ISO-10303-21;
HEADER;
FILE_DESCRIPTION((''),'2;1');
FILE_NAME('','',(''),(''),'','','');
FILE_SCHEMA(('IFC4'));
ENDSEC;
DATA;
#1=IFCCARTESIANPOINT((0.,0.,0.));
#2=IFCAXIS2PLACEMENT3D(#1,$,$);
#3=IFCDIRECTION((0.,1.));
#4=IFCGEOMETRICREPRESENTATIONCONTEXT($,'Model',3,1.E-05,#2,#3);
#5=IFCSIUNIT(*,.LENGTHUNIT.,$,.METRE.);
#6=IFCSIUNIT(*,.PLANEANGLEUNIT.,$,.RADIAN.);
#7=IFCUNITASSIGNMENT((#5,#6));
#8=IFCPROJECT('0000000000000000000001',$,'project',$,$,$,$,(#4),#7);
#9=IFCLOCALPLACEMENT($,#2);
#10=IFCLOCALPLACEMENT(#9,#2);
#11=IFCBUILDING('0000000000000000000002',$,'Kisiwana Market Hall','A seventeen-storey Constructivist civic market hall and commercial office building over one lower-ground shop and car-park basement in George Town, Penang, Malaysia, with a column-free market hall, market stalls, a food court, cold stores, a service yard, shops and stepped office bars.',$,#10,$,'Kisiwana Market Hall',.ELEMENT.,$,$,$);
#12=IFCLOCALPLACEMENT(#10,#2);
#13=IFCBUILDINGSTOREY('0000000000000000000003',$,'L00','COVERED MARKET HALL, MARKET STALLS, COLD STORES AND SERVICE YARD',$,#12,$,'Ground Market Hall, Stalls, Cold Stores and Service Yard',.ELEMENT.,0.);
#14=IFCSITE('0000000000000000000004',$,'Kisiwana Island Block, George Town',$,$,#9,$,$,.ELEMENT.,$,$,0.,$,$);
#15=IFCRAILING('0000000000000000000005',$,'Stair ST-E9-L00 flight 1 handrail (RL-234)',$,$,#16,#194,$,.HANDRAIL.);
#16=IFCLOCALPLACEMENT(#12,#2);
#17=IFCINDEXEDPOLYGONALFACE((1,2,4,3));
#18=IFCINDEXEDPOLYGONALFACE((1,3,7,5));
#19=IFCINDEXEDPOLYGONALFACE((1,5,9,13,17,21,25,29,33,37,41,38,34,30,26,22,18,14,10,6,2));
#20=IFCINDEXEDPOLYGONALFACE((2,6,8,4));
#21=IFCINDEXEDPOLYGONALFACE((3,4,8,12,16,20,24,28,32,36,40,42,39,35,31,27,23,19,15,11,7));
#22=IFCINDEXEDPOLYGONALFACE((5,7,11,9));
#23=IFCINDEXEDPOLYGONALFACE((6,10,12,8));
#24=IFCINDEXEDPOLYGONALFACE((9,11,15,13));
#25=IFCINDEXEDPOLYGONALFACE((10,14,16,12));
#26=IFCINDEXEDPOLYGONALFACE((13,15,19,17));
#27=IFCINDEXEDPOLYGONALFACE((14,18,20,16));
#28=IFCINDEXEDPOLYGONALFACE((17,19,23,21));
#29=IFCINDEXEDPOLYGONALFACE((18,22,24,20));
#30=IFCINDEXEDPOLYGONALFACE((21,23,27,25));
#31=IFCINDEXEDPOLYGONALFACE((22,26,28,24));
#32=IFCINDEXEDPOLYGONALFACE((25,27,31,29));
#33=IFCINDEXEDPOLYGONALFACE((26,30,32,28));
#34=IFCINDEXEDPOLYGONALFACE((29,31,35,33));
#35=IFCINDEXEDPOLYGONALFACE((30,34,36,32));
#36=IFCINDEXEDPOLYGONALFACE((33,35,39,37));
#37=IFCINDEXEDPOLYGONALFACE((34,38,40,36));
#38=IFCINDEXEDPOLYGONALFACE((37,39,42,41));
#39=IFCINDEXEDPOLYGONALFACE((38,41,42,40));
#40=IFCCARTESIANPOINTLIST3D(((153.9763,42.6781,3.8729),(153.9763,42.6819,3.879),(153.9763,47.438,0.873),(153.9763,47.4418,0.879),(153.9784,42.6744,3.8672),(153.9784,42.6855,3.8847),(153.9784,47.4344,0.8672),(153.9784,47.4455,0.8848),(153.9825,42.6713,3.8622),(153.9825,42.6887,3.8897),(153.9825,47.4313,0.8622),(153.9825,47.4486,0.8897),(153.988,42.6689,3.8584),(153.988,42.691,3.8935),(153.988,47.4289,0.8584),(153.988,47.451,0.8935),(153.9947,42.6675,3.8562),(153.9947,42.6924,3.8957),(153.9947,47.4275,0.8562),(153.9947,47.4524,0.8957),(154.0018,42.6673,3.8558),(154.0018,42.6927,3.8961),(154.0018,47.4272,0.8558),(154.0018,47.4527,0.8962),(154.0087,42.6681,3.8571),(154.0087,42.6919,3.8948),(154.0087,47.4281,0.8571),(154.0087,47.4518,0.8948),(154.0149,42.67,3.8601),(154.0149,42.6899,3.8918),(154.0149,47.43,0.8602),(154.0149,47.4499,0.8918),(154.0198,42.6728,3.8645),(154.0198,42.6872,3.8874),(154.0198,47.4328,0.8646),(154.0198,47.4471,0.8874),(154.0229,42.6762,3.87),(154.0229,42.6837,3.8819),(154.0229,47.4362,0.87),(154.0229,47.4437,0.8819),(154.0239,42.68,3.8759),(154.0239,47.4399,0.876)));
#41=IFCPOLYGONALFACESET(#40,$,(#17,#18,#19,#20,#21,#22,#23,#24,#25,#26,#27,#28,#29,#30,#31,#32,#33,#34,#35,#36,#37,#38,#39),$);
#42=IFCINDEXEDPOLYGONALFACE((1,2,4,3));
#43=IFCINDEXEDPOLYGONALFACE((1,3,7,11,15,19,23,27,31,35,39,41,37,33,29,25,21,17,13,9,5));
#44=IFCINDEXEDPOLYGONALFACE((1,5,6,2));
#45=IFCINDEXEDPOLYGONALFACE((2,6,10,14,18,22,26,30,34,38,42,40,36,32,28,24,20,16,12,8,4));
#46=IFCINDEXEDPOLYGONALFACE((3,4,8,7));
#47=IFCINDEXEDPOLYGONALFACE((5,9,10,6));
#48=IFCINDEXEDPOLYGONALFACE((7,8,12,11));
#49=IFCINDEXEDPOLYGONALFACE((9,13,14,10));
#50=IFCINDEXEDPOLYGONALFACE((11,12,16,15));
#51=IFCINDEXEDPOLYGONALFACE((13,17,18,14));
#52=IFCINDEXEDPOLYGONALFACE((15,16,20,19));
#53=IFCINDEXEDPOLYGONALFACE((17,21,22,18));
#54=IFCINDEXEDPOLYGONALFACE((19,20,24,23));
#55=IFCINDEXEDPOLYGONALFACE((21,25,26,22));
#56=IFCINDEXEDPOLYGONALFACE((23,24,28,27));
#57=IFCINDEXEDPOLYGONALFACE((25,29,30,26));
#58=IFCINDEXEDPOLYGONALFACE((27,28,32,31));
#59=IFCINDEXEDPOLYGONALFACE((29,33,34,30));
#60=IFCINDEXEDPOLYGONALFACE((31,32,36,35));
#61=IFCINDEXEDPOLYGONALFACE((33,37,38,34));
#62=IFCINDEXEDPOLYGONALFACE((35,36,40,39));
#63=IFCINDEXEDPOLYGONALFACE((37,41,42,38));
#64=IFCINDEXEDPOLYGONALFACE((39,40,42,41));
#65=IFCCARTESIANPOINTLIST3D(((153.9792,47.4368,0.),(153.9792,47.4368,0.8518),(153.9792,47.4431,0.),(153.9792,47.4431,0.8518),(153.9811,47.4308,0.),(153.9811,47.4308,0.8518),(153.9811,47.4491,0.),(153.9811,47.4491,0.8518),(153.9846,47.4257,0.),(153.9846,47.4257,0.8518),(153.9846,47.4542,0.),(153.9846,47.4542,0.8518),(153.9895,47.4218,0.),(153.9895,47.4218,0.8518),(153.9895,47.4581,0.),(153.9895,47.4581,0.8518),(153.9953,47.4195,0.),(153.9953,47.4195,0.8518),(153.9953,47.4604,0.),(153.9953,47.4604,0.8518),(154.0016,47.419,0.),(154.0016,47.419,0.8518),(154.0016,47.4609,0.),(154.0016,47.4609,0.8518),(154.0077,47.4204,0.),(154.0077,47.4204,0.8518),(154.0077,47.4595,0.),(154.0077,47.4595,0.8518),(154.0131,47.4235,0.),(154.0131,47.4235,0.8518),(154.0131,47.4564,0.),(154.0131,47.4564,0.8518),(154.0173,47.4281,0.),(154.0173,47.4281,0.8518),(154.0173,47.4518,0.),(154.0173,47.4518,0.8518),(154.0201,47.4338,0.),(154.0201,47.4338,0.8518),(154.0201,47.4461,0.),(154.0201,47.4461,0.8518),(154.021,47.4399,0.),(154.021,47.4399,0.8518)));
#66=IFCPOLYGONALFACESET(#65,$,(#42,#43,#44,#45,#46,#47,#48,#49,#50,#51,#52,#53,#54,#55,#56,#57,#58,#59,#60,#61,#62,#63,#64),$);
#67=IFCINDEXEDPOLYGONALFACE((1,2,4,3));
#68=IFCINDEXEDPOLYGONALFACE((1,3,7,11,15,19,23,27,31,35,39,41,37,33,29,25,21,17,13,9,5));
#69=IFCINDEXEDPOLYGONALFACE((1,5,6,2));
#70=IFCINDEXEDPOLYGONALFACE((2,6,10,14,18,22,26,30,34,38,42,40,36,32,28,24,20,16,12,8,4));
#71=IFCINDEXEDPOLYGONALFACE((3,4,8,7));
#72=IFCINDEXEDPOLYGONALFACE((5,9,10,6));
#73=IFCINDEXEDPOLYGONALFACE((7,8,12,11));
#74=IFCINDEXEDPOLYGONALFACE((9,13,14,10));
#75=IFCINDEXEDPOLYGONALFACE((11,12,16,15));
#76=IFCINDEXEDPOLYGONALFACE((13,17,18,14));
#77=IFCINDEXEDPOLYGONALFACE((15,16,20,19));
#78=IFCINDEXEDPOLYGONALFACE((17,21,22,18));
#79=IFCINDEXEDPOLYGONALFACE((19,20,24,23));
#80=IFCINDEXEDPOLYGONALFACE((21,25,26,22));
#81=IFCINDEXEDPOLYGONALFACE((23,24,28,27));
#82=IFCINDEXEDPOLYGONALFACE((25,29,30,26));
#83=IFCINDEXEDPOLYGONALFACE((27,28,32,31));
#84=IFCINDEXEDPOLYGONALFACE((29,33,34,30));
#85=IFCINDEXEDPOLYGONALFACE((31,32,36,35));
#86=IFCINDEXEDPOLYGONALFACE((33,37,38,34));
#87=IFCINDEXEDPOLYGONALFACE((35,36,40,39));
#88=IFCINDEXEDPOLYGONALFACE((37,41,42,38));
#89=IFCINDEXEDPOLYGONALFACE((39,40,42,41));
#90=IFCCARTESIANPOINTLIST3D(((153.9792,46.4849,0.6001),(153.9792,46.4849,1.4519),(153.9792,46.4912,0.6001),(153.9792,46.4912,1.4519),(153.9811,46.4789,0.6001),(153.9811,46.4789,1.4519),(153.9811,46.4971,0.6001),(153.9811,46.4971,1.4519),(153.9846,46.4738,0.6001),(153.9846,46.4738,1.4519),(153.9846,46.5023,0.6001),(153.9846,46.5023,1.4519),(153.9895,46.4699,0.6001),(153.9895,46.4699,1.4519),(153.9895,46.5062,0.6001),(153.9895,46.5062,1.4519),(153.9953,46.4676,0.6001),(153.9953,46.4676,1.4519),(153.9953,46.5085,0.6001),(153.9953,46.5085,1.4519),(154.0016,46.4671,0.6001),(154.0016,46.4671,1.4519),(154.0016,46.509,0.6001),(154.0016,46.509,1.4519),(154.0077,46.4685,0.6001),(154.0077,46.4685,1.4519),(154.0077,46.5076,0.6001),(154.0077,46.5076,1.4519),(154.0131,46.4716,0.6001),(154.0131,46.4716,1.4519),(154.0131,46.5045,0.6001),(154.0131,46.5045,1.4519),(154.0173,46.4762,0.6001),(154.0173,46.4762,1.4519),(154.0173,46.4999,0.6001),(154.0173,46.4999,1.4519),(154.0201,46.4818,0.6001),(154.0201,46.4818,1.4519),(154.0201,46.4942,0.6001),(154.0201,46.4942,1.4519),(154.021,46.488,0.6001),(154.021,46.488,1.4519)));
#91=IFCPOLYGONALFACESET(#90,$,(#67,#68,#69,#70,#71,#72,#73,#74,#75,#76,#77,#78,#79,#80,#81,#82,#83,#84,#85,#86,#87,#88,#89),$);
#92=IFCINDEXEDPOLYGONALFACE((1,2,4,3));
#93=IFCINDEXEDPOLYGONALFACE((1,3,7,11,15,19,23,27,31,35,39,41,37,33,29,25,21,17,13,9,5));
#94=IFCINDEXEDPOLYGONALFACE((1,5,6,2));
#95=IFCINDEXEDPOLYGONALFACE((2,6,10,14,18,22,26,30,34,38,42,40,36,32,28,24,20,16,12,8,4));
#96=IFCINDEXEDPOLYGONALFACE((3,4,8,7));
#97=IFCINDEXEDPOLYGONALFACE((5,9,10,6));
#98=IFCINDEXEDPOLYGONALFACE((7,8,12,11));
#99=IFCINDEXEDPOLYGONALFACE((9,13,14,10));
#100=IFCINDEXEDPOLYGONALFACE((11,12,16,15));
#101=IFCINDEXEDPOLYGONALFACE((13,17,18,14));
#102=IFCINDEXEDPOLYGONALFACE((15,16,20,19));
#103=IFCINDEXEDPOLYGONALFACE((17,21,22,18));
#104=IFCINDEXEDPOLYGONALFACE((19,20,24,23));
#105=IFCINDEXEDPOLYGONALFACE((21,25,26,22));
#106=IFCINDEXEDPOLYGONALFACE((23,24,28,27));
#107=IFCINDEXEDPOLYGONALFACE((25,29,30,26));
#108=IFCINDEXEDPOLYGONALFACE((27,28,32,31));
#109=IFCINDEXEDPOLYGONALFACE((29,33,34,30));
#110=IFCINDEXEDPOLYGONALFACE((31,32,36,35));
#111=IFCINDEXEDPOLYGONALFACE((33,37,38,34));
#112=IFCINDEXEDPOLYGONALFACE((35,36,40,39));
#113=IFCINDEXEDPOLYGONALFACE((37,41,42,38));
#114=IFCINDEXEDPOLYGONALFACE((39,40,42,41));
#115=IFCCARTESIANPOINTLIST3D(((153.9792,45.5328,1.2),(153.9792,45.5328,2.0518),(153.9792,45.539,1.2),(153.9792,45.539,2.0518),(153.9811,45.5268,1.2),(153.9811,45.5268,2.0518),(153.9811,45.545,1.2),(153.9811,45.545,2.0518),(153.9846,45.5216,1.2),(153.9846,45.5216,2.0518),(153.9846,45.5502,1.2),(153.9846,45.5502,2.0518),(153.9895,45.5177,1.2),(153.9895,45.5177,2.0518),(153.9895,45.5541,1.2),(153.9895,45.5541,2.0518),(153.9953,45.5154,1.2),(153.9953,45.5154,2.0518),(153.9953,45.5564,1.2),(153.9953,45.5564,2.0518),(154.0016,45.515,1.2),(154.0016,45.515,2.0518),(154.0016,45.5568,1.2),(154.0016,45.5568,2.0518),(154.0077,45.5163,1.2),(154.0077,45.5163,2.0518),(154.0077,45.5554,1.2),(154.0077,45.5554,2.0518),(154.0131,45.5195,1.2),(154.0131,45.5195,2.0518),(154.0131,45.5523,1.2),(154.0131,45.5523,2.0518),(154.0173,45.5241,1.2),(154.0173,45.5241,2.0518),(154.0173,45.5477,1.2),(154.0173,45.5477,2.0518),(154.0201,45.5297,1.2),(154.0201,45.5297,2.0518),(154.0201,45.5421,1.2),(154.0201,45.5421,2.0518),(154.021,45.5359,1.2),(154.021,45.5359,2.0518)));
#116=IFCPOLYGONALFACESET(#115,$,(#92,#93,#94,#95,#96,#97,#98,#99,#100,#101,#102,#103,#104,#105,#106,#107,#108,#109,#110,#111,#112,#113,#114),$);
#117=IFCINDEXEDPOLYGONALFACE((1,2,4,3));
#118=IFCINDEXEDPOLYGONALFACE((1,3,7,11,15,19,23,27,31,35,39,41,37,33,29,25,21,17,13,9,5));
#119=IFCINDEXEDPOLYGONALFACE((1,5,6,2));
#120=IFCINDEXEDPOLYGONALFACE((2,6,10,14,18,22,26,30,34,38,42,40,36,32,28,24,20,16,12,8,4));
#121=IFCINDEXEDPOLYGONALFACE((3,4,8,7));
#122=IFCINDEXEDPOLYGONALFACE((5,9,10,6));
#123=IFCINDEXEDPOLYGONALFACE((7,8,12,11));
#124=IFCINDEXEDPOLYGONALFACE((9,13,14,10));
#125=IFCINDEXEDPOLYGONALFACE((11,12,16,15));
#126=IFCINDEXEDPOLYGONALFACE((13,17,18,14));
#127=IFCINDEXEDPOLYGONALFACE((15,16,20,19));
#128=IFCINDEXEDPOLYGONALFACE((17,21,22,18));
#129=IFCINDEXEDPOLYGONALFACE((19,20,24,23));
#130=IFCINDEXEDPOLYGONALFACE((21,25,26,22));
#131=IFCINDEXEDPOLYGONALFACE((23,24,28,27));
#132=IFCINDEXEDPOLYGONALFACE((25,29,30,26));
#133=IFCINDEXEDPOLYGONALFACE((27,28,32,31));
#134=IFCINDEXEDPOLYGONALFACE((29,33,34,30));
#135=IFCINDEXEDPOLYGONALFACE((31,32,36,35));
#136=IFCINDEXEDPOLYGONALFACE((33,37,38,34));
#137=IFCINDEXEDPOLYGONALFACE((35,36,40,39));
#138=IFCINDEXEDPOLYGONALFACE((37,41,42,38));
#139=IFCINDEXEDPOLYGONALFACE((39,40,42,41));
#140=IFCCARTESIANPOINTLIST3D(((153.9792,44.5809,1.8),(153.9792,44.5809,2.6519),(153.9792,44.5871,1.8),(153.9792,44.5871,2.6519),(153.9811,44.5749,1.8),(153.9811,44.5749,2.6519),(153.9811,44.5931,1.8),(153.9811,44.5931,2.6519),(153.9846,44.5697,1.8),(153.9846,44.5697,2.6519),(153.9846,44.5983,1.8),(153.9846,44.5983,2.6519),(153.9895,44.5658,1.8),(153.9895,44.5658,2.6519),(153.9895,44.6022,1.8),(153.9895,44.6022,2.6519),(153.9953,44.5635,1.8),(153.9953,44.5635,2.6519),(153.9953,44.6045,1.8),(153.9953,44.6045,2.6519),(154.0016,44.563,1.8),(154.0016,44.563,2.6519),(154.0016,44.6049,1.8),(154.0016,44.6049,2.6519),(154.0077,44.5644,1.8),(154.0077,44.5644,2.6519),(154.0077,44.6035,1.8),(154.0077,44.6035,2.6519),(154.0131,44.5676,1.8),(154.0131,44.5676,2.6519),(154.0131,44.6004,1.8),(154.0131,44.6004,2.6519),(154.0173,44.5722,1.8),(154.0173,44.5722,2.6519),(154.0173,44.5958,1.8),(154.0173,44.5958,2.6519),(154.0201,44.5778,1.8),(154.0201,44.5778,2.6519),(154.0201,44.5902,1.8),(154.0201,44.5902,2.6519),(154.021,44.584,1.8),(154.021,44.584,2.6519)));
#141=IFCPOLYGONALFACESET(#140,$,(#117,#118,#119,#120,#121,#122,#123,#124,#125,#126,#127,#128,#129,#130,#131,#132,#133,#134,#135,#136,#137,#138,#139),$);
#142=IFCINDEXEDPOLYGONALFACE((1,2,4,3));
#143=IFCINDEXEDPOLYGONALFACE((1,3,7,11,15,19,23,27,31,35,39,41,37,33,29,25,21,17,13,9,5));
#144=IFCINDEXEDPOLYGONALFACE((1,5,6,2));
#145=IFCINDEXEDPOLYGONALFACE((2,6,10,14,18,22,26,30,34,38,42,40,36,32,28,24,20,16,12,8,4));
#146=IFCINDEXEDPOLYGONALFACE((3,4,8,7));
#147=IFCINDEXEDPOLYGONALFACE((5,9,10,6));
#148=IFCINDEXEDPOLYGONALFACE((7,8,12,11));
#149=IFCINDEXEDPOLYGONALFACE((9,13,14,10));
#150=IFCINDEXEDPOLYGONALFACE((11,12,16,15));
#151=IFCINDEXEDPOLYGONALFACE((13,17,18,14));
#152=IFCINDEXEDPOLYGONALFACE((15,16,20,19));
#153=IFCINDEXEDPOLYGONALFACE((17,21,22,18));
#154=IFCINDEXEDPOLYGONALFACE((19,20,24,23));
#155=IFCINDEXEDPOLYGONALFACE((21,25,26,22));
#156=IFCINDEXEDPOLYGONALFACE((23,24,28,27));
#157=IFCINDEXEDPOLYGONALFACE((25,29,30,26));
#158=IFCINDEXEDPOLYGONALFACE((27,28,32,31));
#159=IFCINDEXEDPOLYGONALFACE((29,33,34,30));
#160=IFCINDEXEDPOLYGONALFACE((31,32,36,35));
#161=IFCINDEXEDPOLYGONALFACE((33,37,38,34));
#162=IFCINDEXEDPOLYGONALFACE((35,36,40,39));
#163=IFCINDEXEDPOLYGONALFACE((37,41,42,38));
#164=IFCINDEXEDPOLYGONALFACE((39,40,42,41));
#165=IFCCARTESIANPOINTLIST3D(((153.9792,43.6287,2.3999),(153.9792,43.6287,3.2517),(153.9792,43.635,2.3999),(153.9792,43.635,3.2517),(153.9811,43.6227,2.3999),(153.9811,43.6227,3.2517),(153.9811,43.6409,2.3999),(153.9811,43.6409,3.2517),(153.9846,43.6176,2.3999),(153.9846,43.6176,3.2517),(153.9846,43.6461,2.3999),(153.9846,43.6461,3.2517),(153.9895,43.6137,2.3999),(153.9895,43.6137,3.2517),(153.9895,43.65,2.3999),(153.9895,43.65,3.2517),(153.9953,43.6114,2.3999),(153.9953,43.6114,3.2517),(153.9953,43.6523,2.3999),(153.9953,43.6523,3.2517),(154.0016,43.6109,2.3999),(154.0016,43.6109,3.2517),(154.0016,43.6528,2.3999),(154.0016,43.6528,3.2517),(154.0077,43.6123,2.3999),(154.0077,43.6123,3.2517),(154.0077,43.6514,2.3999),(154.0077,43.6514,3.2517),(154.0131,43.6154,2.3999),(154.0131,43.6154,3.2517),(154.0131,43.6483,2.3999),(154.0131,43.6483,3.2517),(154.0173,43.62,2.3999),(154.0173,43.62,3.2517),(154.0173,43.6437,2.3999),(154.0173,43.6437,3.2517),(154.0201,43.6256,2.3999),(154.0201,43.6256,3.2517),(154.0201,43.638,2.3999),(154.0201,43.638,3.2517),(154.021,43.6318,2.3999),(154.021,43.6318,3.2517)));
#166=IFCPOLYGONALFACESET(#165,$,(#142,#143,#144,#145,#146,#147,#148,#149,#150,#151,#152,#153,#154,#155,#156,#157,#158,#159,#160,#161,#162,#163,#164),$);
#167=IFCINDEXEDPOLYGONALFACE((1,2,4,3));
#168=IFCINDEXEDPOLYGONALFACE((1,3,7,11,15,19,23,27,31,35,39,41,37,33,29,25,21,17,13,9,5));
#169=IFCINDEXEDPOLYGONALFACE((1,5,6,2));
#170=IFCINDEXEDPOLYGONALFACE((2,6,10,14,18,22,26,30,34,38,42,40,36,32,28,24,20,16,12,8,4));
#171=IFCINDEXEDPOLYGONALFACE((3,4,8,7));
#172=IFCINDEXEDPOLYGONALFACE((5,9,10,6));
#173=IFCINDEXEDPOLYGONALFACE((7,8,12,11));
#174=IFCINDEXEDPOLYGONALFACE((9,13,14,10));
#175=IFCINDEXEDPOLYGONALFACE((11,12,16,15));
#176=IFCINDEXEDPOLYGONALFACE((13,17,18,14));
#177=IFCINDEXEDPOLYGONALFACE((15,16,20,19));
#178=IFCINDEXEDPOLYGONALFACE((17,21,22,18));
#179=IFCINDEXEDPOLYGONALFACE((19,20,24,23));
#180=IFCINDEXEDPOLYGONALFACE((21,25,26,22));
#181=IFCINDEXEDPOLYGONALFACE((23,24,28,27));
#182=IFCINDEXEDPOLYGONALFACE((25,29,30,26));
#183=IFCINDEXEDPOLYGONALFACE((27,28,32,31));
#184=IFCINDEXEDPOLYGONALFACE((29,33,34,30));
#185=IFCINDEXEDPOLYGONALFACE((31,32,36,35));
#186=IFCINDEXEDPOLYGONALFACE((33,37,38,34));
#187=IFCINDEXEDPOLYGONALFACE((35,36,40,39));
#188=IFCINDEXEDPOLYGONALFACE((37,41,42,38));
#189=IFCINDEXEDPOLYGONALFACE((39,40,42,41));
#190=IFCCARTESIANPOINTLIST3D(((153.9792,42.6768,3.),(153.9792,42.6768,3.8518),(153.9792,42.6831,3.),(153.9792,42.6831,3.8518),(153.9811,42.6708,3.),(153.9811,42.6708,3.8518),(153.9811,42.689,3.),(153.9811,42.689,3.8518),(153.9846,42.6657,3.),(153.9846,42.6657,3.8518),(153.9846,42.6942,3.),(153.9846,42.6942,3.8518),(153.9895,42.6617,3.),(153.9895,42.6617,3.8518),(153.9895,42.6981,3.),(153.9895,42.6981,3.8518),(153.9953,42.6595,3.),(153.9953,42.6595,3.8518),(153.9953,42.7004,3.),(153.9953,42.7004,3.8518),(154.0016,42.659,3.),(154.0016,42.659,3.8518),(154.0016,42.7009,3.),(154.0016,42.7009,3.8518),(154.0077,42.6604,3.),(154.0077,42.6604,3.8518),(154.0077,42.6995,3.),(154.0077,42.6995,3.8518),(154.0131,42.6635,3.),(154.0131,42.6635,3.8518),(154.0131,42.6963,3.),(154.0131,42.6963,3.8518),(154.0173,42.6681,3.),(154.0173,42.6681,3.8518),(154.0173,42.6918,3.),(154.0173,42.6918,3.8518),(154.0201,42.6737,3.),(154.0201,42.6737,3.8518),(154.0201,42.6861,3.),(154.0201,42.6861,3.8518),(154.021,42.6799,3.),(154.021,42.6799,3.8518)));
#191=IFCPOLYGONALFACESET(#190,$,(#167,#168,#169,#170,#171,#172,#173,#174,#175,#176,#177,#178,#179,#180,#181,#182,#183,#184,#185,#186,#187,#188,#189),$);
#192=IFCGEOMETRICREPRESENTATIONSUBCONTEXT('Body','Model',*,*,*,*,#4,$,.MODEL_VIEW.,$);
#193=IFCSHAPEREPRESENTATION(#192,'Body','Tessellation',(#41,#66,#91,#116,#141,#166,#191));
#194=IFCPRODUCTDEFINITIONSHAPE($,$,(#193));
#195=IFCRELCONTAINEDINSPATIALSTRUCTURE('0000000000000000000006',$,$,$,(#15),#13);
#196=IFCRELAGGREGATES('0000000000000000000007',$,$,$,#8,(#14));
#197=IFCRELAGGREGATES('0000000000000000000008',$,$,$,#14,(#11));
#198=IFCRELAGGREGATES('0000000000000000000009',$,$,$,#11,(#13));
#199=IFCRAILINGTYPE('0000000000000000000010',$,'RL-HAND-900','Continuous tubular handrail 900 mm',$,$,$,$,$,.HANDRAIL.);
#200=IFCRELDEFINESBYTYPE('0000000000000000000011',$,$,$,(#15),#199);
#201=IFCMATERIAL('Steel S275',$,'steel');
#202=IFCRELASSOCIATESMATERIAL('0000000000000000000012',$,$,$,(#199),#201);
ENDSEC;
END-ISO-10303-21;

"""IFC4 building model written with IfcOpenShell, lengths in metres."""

from ifc_helpers import new_model, si_unit, direction, frame, origin, origin_2d, place, context, subcontext, project, spatial, circle, extrude, material, type_object, element, save


model = new_model("IFC4")

# Units and contexts
model_context = context("Model", 3, precision=1e-05, world=origin(), true_north=direction((0.0, 1.0)))
body_context = subcontext(model_context, "Body", "Model", "MODEL_VIEW")
ifc_project = project(units=[si_unit("LENGTHUNIT", "METRE"), si_unit("PLANEANGLEUNIT", "RADIAN")], contexts=[model_context])

# Site, building, storey
site_placement = place(None, origin())
site = spatial("IfcSite", under=ifc_project, at=site_placement, Name="Kisiwana Island Block, George Town", CompositionType="ELEMENT", RefElevation=0.0)
building_placement = place(site_placement, origin())
building = spatial("IfcBuilding", under=site, at=building_placement, Name="Kisiwana Market Hall", Description="A seventeen-storey Constructivist civic market hall and commercial office building over one lower-ground shop and car-park basement in George Town, Penang, Malaysia, with a column-free market hall, market stalls, a food court, cold stores, a service yard, shops and stepped office bars.", LongName="Kisiwana Market Hall", CompositionType="ELEMENT")
storey_placement = place(building_placement, origin())
storey = spatial("IfcBuildingStorey", under=building, at=storey_placement, Name="L00", Description="COVERED MARKET HALL, MARKET STALLS, COLD STORES AND SERVICE YARD", LongName="Ground Market Hall, Stalls, Cold Stores and Service Yard", CompositionType="ELEMENT", Elevation=0.0)

# Railing
ifc_material_1 = material(Name="Steel S275", Category="steel")
railing_type_1 = type_object("IfcRailingType", Name="RL-HAND-900", Description="Continuous tubular handrail 900 mm", PredefinedType="HANDRAIL", material=ifc_material_1)
railing_1_placement = place(storey_placement, frame((154.0, 47.4399, 0.0)))
element("IfcRailing", 1, at=railing_1_placement, inside=storey, type_object=railing_type_1, Name="Stair ST-E9-L00 flight 1 handrail (RL-234)", PredefinedType="HANDRAIL", context=body_context, shape_type="SweptSolid", body=[
    extrude(circle(Radius=0.0239, at=origin_2d()), frame((0.0, 0.0, 0.876), z_axis=(0.0, -0.845996, 0.53319), x_axis=(1.0, 0.0, 0.0)), (0.0, 0.0, 1.0), 5.6265),
    extrude(circle(Radius=0.021, at=origin_2d()), origin(), (0.0, 0.0, 1.0), 0.8518),
    extrude(circle(Radius=0.021, at=origin_2d()), frame((0.0, -0.9519, 0.6001)), (0.0, 0.0, 1.0), 0.8518),
    extrude(circle(Radius=0.021, at=origin_2d()), frame((0.0, -1.9041, 1.2)), (0.0, 0.0, 1.0), 0.8518),
    extrude(circle(Radius=0.021, at=origin_2d()), frame((0.0, -2.856, 1.8)), (0.0, 0.0, 1.0), 0.8518),
    extrude(circle(Radius=0.021, at=origin_2d()), frame((0.0, -3.8081, 2.3999)), (0.0, 0.0, 1.0), 0.8518),
    extrude(circle(Radius=0.021, at=origin_2d()), frame((0.0, -4.76, 3.0)), (0.0, 0.0, 1.0), 0.8518),
])

save(model, "model.ifc")
